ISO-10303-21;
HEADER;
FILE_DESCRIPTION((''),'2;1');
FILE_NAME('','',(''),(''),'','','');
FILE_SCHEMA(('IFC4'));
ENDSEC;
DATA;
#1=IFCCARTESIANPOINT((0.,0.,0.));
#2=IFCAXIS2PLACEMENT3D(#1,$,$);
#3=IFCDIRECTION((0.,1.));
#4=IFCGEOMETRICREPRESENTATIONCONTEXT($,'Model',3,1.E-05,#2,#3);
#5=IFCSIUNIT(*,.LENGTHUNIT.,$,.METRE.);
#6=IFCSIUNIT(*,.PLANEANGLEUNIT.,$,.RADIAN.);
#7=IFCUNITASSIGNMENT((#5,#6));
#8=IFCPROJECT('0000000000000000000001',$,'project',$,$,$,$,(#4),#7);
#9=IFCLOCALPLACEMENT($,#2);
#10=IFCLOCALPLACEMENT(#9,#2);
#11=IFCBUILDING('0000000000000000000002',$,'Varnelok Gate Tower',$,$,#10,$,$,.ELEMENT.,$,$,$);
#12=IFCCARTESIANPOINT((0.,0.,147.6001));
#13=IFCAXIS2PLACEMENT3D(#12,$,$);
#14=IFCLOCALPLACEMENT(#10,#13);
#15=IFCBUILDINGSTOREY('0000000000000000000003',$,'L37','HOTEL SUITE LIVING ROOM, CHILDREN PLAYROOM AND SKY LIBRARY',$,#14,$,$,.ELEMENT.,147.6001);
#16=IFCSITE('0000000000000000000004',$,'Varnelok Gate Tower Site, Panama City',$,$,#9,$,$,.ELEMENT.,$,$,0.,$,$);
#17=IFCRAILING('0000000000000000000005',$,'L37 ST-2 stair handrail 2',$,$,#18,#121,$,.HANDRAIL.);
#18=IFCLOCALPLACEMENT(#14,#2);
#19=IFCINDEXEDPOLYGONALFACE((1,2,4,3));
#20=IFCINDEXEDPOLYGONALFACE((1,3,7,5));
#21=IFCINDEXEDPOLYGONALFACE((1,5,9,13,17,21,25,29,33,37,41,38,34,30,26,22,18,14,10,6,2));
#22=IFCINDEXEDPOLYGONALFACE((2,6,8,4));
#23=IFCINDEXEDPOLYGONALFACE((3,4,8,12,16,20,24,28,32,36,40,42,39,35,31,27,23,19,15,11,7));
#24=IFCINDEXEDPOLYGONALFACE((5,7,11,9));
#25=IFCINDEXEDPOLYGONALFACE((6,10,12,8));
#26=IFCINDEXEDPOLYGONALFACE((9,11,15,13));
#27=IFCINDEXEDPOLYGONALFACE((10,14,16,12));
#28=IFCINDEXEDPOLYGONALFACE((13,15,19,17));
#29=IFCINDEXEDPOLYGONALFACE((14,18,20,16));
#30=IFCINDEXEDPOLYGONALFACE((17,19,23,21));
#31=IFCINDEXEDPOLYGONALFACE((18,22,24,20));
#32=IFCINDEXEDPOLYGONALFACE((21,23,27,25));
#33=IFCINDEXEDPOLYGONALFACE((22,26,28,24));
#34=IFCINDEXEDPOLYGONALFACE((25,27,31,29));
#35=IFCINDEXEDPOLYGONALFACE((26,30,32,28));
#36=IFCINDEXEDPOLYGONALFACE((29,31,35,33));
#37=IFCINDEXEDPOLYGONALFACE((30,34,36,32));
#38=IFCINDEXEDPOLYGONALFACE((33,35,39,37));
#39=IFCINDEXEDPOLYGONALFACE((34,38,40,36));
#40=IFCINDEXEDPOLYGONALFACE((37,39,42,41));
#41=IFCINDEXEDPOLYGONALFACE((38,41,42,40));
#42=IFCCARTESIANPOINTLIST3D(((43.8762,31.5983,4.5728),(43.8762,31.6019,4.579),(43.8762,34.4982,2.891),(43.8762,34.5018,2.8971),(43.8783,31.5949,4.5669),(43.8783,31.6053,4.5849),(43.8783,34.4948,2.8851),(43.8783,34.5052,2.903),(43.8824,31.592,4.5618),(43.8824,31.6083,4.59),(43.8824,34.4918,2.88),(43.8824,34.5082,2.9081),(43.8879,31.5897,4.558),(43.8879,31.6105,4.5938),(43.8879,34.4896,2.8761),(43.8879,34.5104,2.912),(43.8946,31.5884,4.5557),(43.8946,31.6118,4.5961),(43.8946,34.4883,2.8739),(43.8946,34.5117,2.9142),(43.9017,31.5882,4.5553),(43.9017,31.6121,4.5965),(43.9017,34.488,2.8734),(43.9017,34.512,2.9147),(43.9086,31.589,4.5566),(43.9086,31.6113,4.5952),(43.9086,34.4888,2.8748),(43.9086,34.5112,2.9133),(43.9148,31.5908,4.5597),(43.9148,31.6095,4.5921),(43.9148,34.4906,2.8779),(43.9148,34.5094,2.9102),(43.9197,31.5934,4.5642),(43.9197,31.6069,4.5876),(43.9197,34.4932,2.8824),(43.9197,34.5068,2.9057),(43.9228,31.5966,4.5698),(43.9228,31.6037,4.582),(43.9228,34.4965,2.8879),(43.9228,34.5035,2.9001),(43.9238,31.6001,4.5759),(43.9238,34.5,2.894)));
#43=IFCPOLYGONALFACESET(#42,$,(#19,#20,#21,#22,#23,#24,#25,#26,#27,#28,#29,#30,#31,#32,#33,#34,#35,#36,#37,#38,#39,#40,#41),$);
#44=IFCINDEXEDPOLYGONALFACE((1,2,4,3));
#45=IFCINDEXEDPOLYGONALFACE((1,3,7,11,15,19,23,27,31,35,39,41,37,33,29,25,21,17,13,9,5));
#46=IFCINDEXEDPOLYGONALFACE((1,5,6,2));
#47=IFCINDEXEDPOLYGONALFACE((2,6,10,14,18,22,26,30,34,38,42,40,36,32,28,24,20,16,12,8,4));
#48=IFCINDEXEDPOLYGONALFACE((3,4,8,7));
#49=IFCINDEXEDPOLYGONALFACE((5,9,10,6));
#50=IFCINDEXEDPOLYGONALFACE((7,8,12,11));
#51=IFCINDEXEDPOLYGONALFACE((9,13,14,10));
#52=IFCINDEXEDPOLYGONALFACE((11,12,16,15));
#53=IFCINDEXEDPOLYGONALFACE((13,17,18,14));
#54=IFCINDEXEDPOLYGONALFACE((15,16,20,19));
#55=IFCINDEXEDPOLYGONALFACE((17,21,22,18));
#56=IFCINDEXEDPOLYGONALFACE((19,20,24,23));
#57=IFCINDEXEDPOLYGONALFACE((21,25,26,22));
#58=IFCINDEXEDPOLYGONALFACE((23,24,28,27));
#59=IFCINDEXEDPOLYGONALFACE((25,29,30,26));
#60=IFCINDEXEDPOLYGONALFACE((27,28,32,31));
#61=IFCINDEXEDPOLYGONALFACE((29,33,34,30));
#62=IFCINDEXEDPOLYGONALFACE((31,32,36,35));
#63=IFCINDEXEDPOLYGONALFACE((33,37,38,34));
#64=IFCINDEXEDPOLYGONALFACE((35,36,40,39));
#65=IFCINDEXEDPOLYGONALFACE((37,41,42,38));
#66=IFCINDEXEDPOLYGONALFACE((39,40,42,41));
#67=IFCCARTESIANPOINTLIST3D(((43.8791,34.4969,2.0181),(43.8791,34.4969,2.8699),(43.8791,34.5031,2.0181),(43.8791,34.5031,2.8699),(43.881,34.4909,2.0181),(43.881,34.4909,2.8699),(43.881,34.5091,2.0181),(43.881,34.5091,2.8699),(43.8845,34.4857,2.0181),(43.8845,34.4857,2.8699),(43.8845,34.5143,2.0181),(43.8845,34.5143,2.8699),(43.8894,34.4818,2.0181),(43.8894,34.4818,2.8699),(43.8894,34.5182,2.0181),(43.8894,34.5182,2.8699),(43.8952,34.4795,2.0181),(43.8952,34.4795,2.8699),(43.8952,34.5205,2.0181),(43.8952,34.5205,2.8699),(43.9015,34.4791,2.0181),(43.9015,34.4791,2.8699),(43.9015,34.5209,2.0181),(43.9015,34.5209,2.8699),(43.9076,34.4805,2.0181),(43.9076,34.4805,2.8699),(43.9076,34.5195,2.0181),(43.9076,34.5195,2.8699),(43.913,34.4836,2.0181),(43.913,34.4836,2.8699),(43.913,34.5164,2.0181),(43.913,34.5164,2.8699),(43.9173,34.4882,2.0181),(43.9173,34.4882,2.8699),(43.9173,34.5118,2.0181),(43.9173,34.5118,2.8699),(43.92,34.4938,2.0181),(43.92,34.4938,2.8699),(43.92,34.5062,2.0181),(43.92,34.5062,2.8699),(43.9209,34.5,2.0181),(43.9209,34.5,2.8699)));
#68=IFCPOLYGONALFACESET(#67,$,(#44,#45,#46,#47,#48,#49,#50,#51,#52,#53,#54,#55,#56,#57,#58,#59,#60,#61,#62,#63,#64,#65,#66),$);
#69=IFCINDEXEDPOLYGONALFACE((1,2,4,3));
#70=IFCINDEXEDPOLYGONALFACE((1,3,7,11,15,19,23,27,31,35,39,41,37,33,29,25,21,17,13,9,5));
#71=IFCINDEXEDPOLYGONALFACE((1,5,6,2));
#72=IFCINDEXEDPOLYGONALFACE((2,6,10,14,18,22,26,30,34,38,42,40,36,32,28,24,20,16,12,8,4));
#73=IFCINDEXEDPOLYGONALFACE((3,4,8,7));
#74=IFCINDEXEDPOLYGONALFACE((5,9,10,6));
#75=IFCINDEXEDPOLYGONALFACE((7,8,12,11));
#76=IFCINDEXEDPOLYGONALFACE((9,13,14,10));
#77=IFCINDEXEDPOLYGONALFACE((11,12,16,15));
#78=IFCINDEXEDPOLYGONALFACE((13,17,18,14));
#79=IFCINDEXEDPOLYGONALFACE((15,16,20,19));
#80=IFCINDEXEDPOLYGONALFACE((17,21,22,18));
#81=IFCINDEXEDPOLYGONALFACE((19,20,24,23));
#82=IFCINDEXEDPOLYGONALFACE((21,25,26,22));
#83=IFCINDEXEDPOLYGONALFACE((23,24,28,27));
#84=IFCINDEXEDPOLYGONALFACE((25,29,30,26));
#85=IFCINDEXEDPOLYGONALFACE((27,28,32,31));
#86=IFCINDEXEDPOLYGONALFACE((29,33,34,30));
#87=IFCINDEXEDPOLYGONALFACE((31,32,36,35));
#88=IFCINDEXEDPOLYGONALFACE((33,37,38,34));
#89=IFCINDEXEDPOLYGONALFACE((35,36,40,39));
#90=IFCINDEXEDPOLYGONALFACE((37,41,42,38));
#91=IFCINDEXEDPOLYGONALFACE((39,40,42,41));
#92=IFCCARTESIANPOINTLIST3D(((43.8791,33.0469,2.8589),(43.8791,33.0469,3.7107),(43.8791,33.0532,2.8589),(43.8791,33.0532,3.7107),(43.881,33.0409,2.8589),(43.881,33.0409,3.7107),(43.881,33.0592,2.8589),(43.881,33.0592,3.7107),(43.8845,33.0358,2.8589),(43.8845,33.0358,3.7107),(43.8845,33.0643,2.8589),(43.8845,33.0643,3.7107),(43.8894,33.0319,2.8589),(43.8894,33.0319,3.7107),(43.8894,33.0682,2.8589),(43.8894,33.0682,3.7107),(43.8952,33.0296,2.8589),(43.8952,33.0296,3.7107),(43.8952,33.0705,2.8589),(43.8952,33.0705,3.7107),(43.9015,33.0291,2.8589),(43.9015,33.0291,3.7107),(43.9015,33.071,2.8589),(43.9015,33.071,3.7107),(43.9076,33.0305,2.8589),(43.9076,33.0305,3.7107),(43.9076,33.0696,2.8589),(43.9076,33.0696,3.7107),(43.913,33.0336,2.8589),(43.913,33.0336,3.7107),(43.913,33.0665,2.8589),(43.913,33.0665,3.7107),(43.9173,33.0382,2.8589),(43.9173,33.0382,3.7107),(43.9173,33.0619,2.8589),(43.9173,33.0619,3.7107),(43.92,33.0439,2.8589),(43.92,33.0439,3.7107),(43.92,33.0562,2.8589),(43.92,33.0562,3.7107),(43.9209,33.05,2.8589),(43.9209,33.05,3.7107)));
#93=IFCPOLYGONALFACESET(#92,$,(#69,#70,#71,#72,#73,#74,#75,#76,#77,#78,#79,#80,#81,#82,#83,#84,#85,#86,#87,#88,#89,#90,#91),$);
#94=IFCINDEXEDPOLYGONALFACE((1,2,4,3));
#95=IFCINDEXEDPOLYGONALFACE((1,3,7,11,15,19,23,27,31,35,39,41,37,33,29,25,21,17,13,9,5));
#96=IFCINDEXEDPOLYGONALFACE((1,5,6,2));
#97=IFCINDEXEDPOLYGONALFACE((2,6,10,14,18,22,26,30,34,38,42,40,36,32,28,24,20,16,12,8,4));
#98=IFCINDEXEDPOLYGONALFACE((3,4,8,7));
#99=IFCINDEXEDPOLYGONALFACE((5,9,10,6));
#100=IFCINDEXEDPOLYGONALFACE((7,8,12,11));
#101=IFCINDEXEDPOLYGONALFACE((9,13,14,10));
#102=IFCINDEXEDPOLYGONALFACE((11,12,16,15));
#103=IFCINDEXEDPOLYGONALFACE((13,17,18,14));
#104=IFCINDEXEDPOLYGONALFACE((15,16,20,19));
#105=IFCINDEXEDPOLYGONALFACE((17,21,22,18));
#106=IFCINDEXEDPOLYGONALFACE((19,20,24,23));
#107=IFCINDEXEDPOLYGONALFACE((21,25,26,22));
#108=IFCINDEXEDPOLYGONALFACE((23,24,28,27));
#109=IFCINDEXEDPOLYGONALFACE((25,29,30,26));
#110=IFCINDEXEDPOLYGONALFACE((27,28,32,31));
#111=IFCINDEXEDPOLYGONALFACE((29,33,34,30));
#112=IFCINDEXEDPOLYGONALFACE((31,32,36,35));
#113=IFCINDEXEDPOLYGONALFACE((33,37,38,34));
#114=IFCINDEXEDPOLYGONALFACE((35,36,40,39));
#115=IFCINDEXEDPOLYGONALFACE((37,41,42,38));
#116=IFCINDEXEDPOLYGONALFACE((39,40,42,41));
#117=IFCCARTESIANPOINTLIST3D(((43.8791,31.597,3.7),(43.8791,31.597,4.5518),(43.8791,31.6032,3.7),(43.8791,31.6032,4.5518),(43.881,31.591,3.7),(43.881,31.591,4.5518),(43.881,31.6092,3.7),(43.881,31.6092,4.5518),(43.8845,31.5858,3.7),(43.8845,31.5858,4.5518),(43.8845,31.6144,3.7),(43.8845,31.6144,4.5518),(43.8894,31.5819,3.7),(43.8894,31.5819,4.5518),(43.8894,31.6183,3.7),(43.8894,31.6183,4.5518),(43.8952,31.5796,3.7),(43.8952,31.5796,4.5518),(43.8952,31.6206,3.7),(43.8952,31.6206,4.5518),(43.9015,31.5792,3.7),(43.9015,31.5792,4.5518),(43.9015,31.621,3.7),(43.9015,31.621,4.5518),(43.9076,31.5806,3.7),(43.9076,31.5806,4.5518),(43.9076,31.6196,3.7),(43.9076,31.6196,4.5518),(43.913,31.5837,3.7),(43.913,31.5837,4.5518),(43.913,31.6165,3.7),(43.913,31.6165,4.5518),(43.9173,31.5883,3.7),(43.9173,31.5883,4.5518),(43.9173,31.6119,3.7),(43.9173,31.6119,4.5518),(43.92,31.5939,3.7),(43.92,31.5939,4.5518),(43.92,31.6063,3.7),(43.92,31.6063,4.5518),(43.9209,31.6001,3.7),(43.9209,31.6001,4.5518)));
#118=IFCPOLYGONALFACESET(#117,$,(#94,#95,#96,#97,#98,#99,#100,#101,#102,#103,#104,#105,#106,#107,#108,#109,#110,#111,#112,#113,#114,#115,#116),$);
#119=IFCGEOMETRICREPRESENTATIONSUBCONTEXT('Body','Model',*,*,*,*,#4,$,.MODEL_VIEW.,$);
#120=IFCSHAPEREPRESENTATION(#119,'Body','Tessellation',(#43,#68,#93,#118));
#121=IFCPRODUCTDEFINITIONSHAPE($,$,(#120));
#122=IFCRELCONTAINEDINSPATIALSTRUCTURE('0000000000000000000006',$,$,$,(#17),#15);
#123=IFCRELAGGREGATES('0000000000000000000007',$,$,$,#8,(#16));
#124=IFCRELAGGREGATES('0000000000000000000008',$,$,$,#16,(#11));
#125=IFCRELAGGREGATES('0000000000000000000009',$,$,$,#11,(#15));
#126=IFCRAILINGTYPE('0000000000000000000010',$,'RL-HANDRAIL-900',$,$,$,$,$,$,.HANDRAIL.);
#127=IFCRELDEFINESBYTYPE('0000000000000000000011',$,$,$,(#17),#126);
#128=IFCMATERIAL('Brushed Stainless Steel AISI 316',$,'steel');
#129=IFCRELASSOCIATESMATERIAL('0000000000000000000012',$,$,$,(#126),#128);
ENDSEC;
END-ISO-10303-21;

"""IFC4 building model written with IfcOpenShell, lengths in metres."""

from ifc_helpers import new_model, si_unit, direction, frame, origin, origin_2d, place, context, subcontext, project, spatial, circle, extrude, material, type_object, element, save


model = new_model("IFC4")

# Units and contexts
model_context = context("Model", 3, precision=1e-05, world=origin(), true_north=direction((0.0, 1.0)))
body_context = subcontext(model_context, "Body", "Model", "MODEL_VIEW")
ifc_project = project(units=[si_unit("LENGTHUNIT", "METRE"), si_unit("PLANEANGLEUNIT", "RADIAN")], contexts=[model_context])

# Site, building, storey
site_placement = place(None, origin())
site = spatial("IfcSite", under=ifc_project, at=site_placement, Name="Varnelok Gate Tower Site, Panama City", CompositionType="ELEMENT", RefElevation=0.0)
building_placement = place(site_placement, origin())
building = spatial("IfcBuilding", under=site, at=building_placement, Name="Varnelok Gate Tower", CompositionType="ELEMENT")
storey_placement = place(building_placement, frame((0.0, 0.0, 147.6001)))
storey = spatial("IfcBuildingStorey", under=building, at=storey_placement, Name="L37", Description="HOTEL SUITE LIVING ROOM, CHILDREN PLAYROOM AND SKY LIBRARY", CompositionType="ELEMENT", Elevation=147.6001)

# Railing
ifc_material_1 = material(Name="Brushed Stainless Steel AISI 316", Category="steel")
railing_type_1 = type_object("IfcRailingType", Name="RL-HANDRAIL-900", PredefinedType="HANDRAIL", material=ifc_material_1)
railing_1_placement = place(storey_placement, frame((43.8999, 34.5, 2.0181)))
element("IfcRailing", 1, at=railing_1_placement, inside=storey, type_object=railing_type_1, Name="L37 ST-2 stair handrail 2", PredefinedType="HANDRAIL", context=body_context, shape_type="SweptSolid", body=[
    extrude(circle(Radius=0.0239, at=origin_2d()), frame((0.0, 0.0, 0.876), z_axis=(0.0, -0.865039, 0.501705), x_axis=(1.0, 0.0, 0.0)), (0.0, 0.0, 1.0), 3.3523),
    extrude(circle(Radius=0.021, at=origin_2d()), origin(), (0.0, 0.0, 1.0), 0.8518),
    extrude(circle(Radius=0.021, at=origin_2d()), frame((0.0, -1.45, 0.8408)), (0.0, 0.0, 1.0), 0.8518),
    extrude(circle(Radius=0.021, at=origin_2d()), frame((0.0, -2.8999, 1.6819)), (0.0, 0.0, 1.0), 0.8518),
])

save(model, "model.ifc")
